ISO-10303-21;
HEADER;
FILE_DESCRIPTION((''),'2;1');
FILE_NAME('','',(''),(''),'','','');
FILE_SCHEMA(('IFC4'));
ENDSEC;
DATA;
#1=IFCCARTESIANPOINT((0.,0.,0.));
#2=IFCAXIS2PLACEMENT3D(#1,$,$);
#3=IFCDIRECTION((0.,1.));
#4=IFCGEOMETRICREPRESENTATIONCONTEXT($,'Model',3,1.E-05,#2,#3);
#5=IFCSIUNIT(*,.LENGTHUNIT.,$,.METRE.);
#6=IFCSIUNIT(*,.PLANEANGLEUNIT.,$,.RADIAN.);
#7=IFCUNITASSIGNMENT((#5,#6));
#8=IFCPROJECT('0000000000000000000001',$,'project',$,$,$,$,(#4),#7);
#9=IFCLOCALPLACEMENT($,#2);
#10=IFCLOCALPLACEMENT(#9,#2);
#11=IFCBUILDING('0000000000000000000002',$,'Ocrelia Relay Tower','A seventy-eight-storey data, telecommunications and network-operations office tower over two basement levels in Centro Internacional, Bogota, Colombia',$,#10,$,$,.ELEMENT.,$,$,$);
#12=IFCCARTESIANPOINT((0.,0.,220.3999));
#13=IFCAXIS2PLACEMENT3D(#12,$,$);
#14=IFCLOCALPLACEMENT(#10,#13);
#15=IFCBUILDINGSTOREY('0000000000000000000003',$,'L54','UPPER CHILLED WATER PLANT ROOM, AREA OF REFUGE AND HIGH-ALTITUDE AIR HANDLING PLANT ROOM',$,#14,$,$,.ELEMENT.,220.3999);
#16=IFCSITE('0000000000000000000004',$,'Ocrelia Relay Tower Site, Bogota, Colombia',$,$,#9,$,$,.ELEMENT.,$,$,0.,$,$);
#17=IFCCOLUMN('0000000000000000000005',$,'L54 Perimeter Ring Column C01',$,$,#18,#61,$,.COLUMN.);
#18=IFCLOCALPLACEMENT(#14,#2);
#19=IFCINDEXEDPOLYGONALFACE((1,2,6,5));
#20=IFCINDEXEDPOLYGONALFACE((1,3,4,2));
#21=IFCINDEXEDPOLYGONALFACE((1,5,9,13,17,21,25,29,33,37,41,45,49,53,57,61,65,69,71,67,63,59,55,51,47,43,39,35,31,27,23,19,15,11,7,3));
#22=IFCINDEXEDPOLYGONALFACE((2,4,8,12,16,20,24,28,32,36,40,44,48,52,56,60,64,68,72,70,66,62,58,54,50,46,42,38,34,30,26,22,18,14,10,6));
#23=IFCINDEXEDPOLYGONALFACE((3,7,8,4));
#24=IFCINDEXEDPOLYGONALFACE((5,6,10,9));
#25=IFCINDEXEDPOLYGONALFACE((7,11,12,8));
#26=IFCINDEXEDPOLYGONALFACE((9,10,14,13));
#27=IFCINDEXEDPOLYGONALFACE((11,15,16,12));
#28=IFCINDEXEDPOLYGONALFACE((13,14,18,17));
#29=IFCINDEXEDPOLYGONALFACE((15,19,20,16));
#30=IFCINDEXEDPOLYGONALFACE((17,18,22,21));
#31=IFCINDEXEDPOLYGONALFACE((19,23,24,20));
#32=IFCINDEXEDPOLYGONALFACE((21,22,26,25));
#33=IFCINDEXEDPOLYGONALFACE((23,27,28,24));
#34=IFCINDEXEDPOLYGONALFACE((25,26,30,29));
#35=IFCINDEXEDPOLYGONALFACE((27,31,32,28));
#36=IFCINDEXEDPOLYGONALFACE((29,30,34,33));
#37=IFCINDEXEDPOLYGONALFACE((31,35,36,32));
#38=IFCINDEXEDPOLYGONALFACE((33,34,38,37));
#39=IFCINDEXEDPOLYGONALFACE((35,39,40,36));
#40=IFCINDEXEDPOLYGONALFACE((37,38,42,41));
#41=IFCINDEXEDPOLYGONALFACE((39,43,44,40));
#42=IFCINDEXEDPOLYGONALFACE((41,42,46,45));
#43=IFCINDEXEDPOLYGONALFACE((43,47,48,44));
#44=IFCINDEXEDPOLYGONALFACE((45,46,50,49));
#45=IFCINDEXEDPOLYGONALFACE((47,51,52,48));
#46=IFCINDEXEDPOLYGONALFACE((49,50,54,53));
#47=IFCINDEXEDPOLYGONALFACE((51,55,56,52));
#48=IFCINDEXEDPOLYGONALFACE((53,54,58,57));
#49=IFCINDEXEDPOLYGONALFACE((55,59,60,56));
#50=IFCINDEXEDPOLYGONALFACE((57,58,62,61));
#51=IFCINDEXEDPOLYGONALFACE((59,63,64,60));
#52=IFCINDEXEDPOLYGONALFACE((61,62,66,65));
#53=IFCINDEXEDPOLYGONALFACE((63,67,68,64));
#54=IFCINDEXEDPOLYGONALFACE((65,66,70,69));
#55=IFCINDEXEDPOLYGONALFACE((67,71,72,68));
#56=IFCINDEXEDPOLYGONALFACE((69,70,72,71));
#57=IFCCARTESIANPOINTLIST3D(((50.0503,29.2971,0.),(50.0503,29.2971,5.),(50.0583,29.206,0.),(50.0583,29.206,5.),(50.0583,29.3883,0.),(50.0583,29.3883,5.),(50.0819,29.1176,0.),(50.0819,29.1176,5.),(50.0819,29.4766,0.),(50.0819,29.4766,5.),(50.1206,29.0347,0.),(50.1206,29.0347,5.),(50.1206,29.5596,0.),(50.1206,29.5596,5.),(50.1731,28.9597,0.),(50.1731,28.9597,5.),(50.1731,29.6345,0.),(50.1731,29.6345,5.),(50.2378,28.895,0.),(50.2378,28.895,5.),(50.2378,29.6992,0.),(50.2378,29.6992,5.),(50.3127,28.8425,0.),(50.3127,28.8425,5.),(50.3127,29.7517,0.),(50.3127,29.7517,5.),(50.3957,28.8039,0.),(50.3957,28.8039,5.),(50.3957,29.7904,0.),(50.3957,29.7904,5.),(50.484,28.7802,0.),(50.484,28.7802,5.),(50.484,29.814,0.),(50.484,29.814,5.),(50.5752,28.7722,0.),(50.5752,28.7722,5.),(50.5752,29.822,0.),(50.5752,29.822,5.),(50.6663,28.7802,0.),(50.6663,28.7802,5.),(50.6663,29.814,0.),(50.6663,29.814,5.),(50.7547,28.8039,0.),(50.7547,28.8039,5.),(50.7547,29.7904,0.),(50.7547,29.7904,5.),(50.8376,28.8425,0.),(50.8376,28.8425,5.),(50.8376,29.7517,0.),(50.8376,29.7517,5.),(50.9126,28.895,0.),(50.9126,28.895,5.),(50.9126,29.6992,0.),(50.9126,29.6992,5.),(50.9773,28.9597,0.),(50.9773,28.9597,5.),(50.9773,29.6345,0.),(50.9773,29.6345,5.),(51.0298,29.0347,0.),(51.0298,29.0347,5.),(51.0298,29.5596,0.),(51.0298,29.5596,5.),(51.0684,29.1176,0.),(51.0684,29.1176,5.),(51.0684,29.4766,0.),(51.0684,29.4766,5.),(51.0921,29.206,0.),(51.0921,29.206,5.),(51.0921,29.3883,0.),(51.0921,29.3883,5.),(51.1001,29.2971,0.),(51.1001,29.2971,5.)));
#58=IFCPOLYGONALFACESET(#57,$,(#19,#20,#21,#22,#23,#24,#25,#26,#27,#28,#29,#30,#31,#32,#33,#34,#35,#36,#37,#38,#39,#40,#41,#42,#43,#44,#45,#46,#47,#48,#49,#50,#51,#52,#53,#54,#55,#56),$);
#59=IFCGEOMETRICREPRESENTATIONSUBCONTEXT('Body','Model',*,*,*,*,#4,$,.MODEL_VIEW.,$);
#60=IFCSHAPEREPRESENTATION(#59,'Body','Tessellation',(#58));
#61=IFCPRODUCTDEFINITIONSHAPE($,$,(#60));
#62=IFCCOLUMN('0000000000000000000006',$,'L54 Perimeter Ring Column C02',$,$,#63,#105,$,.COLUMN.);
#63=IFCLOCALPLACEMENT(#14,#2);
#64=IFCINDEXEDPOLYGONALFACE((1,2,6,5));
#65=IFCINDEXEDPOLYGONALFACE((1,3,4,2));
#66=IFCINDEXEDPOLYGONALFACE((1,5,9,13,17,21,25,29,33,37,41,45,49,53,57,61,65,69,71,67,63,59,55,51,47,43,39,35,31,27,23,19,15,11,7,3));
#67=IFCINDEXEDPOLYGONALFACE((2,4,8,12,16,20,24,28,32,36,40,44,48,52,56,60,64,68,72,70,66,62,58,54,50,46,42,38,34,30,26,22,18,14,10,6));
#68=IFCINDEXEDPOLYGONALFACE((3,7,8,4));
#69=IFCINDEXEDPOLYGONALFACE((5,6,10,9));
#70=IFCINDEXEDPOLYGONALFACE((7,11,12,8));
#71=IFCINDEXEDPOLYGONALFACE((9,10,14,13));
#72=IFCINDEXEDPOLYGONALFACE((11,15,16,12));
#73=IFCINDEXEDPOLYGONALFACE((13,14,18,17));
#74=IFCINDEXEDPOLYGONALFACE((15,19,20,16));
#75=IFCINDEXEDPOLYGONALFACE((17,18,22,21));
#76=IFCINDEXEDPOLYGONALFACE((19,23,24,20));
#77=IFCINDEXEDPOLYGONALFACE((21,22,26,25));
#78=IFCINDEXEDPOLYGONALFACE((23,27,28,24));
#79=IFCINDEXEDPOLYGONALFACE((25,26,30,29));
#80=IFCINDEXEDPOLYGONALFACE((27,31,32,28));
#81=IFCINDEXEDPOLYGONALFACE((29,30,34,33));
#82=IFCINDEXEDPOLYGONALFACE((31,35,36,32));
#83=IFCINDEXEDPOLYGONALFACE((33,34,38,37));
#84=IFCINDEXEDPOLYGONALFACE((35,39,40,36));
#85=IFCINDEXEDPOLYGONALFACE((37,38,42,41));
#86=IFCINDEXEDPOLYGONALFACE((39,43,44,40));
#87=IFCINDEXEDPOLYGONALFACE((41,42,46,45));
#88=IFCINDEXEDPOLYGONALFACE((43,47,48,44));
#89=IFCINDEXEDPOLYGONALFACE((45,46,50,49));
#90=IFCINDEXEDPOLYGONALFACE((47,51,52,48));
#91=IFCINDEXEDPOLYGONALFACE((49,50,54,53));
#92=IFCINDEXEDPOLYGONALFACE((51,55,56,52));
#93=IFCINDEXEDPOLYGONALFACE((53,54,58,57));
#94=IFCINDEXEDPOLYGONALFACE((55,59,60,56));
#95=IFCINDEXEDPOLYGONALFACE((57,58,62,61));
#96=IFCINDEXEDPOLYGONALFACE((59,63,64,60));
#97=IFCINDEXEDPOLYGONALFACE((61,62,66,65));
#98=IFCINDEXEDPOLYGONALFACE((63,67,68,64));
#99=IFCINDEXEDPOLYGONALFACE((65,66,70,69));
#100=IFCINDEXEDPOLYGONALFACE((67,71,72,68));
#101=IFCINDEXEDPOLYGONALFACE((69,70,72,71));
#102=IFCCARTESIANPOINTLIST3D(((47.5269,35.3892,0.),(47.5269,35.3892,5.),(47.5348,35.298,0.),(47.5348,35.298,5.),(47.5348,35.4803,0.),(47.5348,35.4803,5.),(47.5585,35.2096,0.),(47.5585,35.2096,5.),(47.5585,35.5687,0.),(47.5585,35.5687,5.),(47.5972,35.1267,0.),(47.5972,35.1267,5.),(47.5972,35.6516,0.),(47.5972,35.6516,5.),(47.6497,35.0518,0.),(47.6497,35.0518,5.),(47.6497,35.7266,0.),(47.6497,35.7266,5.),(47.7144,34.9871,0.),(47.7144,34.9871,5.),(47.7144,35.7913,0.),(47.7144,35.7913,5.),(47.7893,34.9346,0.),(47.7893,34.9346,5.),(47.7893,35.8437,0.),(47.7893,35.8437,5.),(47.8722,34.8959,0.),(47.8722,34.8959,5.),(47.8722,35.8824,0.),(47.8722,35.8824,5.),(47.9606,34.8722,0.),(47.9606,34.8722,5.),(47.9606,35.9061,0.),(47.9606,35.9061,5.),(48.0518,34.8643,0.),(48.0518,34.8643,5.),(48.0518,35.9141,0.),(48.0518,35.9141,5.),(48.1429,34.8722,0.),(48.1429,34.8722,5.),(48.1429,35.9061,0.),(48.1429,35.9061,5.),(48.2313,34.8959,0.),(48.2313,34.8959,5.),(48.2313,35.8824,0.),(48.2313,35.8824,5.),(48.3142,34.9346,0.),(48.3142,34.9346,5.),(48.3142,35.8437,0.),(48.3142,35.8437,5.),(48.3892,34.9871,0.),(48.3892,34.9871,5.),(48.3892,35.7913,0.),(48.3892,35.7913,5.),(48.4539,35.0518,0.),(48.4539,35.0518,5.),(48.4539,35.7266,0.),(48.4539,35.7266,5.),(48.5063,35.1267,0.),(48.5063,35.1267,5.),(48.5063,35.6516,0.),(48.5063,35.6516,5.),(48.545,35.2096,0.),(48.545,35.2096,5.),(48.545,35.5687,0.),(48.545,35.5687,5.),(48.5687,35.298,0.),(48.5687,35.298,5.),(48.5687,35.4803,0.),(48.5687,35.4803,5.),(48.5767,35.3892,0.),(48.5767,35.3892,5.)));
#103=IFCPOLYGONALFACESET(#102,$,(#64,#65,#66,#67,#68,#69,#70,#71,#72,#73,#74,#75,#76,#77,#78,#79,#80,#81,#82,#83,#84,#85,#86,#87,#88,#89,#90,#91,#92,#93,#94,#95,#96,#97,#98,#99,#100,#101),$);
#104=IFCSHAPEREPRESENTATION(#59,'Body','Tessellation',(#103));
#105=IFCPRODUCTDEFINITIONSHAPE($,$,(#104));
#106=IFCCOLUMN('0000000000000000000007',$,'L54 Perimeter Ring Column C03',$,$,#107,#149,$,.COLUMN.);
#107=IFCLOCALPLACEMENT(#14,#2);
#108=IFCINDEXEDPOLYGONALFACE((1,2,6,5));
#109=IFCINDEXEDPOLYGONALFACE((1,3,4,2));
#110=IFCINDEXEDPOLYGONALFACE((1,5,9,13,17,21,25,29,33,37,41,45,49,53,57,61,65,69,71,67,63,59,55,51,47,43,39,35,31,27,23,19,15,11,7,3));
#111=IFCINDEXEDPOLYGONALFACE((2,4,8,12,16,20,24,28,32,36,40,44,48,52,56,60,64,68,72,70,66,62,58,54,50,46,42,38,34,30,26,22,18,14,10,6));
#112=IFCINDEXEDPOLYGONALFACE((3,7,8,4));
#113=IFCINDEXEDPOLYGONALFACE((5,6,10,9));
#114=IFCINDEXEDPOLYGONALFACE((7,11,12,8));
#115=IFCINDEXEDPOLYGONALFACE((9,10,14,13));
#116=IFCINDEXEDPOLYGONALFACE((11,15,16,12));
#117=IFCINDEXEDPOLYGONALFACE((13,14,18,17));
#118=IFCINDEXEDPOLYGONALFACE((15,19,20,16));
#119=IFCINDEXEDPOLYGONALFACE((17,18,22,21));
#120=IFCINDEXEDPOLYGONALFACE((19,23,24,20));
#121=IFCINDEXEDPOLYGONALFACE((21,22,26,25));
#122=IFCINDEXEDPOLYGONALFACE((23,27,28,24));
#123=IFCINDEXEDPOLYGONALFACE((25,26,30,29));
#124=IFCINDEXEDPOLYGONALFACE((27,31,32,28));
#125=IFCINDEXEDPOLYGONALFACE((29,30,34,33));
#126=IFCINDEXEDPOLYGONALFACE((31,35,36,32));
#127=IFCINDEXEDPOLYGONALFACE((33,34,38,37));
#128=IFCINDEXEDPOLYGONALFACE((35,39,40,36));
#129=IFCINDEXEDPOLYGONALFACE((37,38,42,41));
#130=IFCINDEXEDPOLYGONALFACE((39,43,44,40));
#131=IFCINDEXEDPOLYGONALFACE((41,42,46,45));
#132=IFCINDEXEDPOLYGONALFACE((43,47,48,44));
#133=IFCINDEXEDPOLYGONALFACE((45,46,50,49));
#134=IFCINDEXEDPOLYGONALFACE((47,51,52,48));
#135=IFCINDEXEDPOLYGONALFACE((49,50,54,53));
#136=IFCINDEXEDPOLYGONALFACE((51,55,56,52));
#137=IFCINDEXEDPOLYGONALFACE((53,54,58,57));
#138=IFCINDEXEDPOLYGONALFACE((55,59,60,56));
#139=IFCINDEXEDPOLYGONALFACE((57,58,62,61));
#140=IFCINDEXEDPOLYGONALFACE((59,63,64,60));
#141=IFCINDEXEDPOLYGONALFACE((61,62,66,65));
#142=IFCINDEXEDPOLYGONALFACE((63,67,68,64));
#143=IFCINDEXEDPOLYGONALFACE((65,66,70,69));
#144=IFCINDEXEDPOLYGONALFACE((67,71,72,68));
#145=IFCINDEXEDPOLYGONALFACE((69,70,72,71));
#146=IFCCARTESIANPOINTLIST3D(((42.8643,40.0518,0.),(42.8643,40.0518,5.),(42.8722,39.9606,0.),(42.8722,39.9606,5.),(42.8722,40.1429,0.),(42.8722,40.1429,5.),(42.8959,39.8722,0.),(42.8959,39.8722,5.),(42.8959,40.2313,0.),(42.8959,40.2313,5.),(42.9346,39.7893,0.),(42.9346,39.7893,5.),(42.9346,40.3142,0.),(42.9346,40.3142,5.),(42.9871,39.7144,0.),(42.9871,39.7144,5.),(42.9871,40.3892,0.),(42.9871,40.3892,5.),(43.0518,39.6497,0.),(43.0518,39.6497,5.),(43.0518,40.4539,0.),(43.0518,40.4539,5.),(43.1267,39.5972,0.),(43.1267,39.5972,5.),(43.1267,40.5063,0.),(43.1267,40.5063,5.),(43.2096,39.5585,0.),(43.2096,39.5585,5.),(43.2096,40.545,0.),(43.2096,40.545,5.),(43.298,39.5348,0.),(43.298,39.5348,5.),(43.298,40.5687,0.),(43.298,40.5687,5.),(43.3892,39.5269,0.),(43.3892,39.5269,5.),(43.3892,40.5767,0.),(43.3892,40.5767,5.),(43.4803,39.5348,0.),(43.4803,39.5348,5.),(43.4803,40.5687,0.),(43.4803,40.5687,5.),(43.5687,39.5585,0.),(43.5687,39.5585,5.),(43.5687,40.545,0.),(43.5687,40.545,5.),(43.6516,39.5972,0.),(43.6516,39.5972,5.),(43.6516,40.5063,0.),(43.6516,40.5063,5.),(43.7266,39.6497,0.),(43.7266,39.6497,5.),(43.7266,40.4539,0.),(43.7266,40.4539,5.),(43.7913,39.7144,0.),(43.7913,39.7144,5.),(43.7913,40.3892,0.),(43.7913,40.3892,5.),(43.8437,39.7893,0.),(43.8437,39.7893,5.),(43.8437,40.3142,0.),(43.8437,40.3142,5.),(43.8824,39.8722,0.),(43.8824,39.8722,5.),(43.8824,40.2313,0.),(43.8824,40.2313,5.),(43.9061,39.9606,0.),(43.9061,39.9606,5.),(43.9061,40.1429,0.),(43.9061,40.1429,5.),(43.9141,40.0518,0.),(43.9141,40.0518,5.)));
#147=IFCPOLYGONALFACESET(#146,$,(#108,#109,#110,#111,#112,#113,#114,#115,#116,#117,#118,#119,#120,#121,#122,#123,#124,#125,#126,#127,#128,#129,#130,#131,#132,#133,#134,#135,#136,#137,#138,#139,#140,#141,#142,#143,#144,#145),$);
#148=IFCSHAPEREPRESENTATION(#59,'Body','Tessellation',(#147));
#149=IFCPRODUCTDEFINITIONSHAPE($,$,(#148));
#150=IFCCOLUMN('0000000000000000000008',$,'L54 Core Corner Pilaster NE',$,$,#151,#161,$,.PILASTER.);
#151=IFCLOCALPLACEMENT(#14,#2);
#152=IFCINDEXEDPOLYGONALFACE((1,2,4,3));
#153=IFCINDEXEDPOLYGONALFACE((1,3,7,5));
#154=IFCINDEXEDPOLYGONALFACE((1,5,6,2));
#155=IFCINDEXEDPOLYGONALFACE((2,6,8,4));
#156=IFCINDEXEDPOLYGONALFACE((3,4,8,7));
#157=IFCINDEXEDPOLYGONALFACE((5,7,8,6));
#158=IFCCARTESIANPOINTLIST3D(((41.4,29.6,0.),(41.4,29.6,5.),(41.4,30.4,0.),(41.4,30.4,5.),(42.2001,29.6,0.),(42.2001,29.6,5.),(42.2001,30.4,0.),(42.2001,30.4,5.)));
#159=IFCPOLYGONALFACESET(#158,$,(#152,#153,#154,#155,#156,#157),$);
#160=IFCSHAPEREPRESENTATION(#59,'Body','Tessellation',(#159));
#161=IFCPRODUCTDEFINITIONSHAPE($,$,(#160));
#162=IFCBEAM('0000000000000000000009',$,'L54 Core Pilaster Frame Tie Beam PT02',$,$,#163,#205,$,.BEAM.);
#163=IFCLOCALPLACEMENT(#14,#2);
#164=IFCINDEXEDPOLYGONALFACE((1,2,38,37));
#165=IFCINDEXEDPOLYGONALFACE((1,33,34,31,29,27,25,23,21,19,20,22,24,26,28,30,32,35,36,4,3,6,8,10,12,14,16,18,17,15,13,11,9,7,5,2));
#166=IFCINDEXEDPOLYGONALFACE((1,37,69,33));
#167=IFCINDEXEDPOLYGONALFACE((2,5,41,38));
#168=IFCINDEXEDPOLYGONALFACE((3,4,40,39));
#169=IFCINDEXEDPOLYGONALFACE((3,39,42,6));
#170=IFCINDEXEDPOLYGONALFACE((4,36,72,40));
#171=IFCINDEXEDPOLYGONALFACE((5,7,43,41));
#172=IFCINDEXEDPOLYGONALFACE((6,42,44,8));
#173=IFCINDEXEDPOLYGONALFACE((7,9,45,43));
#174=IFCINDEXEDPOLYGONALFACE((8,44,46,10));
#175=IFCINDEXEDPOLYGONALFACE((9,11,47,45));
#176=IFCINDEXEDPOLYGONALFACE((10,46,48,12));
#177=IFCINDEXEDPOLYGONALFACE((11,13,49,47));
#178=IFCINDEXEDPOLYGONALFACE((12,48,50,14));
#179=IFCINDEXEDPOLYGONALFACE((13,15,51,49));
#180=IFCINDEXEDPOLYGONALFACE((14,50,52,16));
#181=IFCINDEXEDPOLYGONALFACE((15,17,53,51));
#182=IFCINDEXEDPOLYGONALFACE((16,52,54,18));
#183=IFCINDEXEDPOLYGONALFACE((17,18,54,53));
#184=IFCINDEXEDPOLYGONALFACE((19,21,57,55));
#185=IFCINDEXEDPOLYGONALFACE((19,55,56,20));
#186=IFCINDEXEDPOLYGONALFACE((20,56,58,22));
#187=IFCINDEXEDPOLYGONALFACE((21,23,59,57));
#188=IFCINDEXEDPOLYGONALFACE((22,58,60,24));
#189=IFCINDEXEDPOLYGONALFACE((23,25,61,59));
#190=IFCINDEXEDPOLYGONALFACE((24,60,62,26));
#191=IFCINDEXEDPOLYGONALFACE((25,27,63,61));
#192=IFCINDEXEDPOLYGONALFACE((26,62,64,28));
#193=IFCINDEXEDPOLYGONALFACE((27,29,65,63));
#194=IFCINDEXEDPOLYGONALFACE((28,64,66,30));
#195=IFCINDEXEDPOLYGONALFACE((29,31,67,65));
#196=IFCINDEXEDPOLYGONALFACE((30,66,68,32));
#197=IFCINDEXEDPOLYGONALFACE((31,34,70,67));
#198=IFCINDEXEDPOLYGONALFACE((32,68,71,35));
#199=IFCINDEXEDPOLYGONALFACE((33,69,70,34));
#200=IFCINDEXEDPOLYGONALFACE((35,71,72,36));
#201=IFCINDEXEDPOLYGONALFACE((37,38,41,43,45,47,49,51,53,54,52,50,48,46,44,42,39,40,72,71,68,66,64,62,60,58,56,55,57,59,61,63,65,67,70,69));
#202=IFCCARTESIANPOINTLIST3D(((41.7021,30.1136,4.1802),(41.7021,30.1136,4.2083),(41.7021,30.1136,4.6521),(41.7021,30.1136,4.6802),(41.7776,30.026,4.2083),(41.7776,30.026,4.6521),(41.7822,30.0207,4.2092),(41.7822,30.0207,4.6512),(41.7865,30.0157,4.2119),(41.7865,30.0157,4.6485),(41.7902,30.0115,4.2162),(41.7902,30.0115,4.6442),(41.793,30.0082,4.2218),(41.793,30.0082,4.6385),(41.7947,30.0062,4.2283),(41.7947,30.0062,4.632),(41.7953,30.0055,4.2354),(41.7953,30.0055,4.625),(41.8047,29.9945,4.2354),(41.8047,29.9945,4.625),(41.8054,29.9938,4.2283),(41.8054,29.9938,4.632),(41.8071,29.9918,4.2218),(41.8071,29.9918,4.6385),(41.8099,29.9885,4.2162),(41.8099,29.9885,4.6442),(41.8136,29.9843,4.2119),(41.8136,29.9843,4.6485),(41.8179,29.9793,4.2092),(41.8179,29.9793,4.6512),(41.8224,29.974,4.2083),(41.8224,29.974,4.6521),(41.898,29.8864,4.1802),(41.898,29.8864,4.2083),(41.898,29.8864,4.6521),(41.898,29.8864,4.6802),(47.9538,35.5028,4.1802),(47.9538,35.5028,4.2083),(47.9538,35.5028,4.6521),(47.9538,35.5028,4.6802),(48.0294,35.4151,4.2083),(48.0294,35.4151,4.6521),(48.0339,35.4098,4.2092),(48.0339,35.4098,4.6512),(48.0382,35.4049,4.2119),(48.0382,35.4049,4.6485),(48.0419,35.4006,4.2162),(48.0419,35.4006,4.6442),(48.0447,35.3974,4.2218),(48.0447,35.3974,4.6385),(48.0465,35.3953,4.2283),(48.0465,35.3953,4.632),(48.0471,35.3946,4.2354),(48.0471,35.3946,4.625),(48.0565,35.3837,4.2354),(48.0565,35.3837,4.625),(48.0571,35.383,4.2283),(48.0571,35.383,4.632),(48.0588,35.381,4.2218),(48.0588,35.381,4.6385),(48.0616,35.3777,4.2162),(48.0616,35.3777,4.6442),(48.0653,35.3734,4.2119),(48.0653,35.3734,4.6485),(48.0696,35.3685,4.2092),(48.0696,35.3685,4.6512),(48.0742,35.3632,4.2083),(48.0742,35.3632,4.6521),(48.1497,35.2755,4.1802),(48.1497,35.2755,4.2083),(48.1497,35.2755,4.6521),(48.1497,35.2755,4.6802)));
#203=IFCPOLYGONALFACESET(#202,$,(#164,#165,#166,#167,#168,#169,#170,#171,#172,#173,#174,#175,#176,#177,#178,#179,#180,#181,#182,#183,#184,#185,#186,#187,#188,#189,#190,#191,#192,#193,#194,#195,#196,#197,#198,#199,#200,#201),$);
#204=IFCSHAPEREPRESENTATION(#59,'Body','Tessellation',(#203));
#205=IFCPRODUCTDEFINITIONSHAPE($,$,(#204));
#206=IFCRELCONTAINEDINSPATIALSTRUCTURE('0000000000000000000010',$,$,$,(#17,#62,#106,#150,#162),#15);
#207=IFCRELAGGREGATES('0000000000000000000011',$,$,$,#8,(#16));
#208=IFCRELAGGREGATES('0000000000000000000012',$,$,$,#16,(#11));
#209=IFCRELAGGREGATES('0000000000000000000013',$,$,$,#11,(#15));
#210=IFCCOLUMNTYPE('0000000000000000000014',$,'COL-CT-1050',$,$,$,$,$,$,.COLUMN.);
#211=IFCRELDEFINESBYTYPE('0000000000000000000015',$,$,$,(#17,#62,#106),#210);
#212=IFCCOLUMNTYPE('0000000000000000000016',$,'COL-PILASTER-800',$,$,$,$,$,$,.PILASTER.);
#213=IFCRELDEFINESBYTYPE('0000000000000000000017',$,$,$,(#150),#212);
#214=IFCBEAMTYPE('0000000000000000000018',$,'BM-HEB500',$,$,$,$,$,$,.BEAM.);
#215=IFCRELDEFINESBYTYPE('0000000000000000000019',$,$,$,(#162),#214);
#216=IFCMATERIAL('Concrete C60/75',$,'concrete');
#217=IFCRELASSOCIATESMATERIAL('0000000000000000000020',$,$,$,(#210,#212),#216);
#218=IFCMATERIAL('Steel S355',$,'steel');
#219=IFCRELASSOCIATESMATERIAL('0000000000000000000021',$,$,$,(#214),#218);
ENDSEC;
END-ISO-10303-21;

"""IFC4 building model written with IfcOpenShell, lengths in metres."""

from ifc_helpers import new_model, si_unit, direction, frame, origin, origin_2d, place, context, subcontext, project, spatial, rectangle, circle, i_section, extrude, material, material_profile, profile_set, type_object, element, save


model = new_model("IFC4")

# Units and contexts
model_context = context("Model", 3, precision=1e-05, world=origin(), true_north=direction((0.0, 1.0)))
body_context = subcontext(model_context, "Body", "Model", "MODEL_VIEW")
ifc_project = project(units=[si_unit("LENGTHUNIT", "METRE"), si_unit("PLANEANGLEUNIT", "RADIAN")], contexts=[model_context])

# Site, building, storey
site_placement = place(None, origin())
site = spatial("IfcSite", under=ifc_project, at=site_placement, Name="Ocrelia Relay Tower Site, Bogota, Colombia", CompositionType="ELEMENT", RefElevation=0.0)
building_placement = place(site_placement, origin())
building = spatial("IfcBuilding", under=site, at=building_placement, Name="Ocrelia Relay Tower", Description="A seventy-eight-storey data, telecommunications and network-operations office tower over two basement levels in Centro Internacional, Bogota, Colombia", CompositionType="ELEMENT")
storey_placement = place(building_placement, frame((0.0, 0.0, 220.3999)))
storey = spatial("IfcBuildingStorey", under=building, at=storey_placement, Name="L54", Description="UPPER CHILLED WATER PLANT ROOM, AREA OF REFUGE AND HIGH-ALTITUDE AIR HANDLING PLANT ROOM", CompositionType="ELEMENT", Elevation=220.3999)

# Columns
ifc_material_1 = material(Name="Concrete C60/75", Category="concrete")
ifc_material_profile_1 = material_profile(ifc_material_1, circle(Radius=0.5249, at=origin_2d()), Name="RC-CIR-1050")
ifc_profile_set_1 = profile_set([ifc_material_profile_1], Name="Concrete C60/75")
column_type_1 = type_object("IfcColumnType", Name="COL-CT-1050", PredefinedType="COLUMN", material=ifc_profile_set_1)
for number, where, z_axis, x_axis, name in (
    (1, (50.5752, 29.2971, 0.0), (0.0, 0.0, 1.0), (1.0, 0.0, 0.0), "L54 Perimeter Ring Column C01"),
    (2, (48.0518, 35.3892, 0.0), (0.0, 0.0, 1.0), (1.0, 0.0, 0.0), "L54 Perimeter Ring Column C02"),
    (3, (43.3892, 40.0518, 0.0), (0.0, 0.0, 1.0), (1.0, 0.0, 0.0), "L54 Perimeter Ring Column C03"),
):
    element("IfcColumn", number, at=place(storey_placement, frame(where, z_axis=z_axis, x_axis=x_axis)), inside=storey, type_object=column_type_1, Name=name, PredefinedType="COLUMN", context=body_context, shape_type="SweptSolid", body=[
        extrude(circle(Radius=0.5249, at=origin_2d()), origin(), (0.0, 0.0, 1.0), 5.0),
    ])
ifc_material_profile_2 = material_profile(ifc_material_1, rectangle(XDim=0.8, YDim=0.8, at=origin_2d()), Name="RC-COL-800x800")
ifc_profile_set_2 = profile_set([ifc_material_profile_2], Name="Concrete C60/75")
column_type_2 = type_object("IfcColumnType", Name="COL-PILASTER-800", PredefinedType="PILASTER", material=ifc_profile_set_2)
column_placement = place(storey_placement, frame((41.8, 30.0, 0.0), z_axis=(0.0, 0.0, 1.0), x_axis=(1.0, 0.0, 0.0)))
element("IfcColumn", 4, at=column_placement, inside=storey, type_object=column_type_2, Name="L54 Core Corner Pilaster NE", PredefinedType="PILASTER", context=body_context, shape_type="SweptSolid", body=[
    extrude(rectangle(XDim=0.8, YDim=0.8, at=origin_2d()), origin(), (0.0, 0.0, 1.0), 5.0),
])

# Beam
ifc_material_2 = material(Name="Steel S355", Category="steel")
ifc_material_profile_3 = material_profile(ifc_material_2, i_section(OverallWidth=0.3, OverallDepth=0.5, WebThickness=0.0144, FlangeThickness=0.0281, FilletRadius=0.0271, at=origin_2d()), Name="HEB 500")
ifc_profile_set_3 = profile_set([ifc_material_profile_3], Name="Steel S355")
beam_type_1 = type_object("IfcBeamType", Name="BM-HEB500", PredefinedType="BEAM", material=ifc_profile_set_3)
beam_1_placement = place(storey_placement, frame((48.0518, 35.3892, 4.4302), z_axis=(-0.757425, -0.652923, 0.0), x_axis=(0.652923, -0.757425, 0.0)))
element("IfcBeam", 5, at=beam_1_placement, inside=storey, type_object=beam_type_1, Name="L54 Core Pilaster Frame Tie Beam PT02", PredefinedType="BEAM", context=body_context, shape_type="SweptSolid", body=[
    extrude(i_section(OverallWidth=0.3, OverallDepth=0.5, WebThickness=0.0144, FlangeThickness=0.0281, FilletRadius=0.0271, at=origin_2d()), origin(), (0.0, 0.0, 1.0), 8.2539),
])

save(model, "model.ifc")
